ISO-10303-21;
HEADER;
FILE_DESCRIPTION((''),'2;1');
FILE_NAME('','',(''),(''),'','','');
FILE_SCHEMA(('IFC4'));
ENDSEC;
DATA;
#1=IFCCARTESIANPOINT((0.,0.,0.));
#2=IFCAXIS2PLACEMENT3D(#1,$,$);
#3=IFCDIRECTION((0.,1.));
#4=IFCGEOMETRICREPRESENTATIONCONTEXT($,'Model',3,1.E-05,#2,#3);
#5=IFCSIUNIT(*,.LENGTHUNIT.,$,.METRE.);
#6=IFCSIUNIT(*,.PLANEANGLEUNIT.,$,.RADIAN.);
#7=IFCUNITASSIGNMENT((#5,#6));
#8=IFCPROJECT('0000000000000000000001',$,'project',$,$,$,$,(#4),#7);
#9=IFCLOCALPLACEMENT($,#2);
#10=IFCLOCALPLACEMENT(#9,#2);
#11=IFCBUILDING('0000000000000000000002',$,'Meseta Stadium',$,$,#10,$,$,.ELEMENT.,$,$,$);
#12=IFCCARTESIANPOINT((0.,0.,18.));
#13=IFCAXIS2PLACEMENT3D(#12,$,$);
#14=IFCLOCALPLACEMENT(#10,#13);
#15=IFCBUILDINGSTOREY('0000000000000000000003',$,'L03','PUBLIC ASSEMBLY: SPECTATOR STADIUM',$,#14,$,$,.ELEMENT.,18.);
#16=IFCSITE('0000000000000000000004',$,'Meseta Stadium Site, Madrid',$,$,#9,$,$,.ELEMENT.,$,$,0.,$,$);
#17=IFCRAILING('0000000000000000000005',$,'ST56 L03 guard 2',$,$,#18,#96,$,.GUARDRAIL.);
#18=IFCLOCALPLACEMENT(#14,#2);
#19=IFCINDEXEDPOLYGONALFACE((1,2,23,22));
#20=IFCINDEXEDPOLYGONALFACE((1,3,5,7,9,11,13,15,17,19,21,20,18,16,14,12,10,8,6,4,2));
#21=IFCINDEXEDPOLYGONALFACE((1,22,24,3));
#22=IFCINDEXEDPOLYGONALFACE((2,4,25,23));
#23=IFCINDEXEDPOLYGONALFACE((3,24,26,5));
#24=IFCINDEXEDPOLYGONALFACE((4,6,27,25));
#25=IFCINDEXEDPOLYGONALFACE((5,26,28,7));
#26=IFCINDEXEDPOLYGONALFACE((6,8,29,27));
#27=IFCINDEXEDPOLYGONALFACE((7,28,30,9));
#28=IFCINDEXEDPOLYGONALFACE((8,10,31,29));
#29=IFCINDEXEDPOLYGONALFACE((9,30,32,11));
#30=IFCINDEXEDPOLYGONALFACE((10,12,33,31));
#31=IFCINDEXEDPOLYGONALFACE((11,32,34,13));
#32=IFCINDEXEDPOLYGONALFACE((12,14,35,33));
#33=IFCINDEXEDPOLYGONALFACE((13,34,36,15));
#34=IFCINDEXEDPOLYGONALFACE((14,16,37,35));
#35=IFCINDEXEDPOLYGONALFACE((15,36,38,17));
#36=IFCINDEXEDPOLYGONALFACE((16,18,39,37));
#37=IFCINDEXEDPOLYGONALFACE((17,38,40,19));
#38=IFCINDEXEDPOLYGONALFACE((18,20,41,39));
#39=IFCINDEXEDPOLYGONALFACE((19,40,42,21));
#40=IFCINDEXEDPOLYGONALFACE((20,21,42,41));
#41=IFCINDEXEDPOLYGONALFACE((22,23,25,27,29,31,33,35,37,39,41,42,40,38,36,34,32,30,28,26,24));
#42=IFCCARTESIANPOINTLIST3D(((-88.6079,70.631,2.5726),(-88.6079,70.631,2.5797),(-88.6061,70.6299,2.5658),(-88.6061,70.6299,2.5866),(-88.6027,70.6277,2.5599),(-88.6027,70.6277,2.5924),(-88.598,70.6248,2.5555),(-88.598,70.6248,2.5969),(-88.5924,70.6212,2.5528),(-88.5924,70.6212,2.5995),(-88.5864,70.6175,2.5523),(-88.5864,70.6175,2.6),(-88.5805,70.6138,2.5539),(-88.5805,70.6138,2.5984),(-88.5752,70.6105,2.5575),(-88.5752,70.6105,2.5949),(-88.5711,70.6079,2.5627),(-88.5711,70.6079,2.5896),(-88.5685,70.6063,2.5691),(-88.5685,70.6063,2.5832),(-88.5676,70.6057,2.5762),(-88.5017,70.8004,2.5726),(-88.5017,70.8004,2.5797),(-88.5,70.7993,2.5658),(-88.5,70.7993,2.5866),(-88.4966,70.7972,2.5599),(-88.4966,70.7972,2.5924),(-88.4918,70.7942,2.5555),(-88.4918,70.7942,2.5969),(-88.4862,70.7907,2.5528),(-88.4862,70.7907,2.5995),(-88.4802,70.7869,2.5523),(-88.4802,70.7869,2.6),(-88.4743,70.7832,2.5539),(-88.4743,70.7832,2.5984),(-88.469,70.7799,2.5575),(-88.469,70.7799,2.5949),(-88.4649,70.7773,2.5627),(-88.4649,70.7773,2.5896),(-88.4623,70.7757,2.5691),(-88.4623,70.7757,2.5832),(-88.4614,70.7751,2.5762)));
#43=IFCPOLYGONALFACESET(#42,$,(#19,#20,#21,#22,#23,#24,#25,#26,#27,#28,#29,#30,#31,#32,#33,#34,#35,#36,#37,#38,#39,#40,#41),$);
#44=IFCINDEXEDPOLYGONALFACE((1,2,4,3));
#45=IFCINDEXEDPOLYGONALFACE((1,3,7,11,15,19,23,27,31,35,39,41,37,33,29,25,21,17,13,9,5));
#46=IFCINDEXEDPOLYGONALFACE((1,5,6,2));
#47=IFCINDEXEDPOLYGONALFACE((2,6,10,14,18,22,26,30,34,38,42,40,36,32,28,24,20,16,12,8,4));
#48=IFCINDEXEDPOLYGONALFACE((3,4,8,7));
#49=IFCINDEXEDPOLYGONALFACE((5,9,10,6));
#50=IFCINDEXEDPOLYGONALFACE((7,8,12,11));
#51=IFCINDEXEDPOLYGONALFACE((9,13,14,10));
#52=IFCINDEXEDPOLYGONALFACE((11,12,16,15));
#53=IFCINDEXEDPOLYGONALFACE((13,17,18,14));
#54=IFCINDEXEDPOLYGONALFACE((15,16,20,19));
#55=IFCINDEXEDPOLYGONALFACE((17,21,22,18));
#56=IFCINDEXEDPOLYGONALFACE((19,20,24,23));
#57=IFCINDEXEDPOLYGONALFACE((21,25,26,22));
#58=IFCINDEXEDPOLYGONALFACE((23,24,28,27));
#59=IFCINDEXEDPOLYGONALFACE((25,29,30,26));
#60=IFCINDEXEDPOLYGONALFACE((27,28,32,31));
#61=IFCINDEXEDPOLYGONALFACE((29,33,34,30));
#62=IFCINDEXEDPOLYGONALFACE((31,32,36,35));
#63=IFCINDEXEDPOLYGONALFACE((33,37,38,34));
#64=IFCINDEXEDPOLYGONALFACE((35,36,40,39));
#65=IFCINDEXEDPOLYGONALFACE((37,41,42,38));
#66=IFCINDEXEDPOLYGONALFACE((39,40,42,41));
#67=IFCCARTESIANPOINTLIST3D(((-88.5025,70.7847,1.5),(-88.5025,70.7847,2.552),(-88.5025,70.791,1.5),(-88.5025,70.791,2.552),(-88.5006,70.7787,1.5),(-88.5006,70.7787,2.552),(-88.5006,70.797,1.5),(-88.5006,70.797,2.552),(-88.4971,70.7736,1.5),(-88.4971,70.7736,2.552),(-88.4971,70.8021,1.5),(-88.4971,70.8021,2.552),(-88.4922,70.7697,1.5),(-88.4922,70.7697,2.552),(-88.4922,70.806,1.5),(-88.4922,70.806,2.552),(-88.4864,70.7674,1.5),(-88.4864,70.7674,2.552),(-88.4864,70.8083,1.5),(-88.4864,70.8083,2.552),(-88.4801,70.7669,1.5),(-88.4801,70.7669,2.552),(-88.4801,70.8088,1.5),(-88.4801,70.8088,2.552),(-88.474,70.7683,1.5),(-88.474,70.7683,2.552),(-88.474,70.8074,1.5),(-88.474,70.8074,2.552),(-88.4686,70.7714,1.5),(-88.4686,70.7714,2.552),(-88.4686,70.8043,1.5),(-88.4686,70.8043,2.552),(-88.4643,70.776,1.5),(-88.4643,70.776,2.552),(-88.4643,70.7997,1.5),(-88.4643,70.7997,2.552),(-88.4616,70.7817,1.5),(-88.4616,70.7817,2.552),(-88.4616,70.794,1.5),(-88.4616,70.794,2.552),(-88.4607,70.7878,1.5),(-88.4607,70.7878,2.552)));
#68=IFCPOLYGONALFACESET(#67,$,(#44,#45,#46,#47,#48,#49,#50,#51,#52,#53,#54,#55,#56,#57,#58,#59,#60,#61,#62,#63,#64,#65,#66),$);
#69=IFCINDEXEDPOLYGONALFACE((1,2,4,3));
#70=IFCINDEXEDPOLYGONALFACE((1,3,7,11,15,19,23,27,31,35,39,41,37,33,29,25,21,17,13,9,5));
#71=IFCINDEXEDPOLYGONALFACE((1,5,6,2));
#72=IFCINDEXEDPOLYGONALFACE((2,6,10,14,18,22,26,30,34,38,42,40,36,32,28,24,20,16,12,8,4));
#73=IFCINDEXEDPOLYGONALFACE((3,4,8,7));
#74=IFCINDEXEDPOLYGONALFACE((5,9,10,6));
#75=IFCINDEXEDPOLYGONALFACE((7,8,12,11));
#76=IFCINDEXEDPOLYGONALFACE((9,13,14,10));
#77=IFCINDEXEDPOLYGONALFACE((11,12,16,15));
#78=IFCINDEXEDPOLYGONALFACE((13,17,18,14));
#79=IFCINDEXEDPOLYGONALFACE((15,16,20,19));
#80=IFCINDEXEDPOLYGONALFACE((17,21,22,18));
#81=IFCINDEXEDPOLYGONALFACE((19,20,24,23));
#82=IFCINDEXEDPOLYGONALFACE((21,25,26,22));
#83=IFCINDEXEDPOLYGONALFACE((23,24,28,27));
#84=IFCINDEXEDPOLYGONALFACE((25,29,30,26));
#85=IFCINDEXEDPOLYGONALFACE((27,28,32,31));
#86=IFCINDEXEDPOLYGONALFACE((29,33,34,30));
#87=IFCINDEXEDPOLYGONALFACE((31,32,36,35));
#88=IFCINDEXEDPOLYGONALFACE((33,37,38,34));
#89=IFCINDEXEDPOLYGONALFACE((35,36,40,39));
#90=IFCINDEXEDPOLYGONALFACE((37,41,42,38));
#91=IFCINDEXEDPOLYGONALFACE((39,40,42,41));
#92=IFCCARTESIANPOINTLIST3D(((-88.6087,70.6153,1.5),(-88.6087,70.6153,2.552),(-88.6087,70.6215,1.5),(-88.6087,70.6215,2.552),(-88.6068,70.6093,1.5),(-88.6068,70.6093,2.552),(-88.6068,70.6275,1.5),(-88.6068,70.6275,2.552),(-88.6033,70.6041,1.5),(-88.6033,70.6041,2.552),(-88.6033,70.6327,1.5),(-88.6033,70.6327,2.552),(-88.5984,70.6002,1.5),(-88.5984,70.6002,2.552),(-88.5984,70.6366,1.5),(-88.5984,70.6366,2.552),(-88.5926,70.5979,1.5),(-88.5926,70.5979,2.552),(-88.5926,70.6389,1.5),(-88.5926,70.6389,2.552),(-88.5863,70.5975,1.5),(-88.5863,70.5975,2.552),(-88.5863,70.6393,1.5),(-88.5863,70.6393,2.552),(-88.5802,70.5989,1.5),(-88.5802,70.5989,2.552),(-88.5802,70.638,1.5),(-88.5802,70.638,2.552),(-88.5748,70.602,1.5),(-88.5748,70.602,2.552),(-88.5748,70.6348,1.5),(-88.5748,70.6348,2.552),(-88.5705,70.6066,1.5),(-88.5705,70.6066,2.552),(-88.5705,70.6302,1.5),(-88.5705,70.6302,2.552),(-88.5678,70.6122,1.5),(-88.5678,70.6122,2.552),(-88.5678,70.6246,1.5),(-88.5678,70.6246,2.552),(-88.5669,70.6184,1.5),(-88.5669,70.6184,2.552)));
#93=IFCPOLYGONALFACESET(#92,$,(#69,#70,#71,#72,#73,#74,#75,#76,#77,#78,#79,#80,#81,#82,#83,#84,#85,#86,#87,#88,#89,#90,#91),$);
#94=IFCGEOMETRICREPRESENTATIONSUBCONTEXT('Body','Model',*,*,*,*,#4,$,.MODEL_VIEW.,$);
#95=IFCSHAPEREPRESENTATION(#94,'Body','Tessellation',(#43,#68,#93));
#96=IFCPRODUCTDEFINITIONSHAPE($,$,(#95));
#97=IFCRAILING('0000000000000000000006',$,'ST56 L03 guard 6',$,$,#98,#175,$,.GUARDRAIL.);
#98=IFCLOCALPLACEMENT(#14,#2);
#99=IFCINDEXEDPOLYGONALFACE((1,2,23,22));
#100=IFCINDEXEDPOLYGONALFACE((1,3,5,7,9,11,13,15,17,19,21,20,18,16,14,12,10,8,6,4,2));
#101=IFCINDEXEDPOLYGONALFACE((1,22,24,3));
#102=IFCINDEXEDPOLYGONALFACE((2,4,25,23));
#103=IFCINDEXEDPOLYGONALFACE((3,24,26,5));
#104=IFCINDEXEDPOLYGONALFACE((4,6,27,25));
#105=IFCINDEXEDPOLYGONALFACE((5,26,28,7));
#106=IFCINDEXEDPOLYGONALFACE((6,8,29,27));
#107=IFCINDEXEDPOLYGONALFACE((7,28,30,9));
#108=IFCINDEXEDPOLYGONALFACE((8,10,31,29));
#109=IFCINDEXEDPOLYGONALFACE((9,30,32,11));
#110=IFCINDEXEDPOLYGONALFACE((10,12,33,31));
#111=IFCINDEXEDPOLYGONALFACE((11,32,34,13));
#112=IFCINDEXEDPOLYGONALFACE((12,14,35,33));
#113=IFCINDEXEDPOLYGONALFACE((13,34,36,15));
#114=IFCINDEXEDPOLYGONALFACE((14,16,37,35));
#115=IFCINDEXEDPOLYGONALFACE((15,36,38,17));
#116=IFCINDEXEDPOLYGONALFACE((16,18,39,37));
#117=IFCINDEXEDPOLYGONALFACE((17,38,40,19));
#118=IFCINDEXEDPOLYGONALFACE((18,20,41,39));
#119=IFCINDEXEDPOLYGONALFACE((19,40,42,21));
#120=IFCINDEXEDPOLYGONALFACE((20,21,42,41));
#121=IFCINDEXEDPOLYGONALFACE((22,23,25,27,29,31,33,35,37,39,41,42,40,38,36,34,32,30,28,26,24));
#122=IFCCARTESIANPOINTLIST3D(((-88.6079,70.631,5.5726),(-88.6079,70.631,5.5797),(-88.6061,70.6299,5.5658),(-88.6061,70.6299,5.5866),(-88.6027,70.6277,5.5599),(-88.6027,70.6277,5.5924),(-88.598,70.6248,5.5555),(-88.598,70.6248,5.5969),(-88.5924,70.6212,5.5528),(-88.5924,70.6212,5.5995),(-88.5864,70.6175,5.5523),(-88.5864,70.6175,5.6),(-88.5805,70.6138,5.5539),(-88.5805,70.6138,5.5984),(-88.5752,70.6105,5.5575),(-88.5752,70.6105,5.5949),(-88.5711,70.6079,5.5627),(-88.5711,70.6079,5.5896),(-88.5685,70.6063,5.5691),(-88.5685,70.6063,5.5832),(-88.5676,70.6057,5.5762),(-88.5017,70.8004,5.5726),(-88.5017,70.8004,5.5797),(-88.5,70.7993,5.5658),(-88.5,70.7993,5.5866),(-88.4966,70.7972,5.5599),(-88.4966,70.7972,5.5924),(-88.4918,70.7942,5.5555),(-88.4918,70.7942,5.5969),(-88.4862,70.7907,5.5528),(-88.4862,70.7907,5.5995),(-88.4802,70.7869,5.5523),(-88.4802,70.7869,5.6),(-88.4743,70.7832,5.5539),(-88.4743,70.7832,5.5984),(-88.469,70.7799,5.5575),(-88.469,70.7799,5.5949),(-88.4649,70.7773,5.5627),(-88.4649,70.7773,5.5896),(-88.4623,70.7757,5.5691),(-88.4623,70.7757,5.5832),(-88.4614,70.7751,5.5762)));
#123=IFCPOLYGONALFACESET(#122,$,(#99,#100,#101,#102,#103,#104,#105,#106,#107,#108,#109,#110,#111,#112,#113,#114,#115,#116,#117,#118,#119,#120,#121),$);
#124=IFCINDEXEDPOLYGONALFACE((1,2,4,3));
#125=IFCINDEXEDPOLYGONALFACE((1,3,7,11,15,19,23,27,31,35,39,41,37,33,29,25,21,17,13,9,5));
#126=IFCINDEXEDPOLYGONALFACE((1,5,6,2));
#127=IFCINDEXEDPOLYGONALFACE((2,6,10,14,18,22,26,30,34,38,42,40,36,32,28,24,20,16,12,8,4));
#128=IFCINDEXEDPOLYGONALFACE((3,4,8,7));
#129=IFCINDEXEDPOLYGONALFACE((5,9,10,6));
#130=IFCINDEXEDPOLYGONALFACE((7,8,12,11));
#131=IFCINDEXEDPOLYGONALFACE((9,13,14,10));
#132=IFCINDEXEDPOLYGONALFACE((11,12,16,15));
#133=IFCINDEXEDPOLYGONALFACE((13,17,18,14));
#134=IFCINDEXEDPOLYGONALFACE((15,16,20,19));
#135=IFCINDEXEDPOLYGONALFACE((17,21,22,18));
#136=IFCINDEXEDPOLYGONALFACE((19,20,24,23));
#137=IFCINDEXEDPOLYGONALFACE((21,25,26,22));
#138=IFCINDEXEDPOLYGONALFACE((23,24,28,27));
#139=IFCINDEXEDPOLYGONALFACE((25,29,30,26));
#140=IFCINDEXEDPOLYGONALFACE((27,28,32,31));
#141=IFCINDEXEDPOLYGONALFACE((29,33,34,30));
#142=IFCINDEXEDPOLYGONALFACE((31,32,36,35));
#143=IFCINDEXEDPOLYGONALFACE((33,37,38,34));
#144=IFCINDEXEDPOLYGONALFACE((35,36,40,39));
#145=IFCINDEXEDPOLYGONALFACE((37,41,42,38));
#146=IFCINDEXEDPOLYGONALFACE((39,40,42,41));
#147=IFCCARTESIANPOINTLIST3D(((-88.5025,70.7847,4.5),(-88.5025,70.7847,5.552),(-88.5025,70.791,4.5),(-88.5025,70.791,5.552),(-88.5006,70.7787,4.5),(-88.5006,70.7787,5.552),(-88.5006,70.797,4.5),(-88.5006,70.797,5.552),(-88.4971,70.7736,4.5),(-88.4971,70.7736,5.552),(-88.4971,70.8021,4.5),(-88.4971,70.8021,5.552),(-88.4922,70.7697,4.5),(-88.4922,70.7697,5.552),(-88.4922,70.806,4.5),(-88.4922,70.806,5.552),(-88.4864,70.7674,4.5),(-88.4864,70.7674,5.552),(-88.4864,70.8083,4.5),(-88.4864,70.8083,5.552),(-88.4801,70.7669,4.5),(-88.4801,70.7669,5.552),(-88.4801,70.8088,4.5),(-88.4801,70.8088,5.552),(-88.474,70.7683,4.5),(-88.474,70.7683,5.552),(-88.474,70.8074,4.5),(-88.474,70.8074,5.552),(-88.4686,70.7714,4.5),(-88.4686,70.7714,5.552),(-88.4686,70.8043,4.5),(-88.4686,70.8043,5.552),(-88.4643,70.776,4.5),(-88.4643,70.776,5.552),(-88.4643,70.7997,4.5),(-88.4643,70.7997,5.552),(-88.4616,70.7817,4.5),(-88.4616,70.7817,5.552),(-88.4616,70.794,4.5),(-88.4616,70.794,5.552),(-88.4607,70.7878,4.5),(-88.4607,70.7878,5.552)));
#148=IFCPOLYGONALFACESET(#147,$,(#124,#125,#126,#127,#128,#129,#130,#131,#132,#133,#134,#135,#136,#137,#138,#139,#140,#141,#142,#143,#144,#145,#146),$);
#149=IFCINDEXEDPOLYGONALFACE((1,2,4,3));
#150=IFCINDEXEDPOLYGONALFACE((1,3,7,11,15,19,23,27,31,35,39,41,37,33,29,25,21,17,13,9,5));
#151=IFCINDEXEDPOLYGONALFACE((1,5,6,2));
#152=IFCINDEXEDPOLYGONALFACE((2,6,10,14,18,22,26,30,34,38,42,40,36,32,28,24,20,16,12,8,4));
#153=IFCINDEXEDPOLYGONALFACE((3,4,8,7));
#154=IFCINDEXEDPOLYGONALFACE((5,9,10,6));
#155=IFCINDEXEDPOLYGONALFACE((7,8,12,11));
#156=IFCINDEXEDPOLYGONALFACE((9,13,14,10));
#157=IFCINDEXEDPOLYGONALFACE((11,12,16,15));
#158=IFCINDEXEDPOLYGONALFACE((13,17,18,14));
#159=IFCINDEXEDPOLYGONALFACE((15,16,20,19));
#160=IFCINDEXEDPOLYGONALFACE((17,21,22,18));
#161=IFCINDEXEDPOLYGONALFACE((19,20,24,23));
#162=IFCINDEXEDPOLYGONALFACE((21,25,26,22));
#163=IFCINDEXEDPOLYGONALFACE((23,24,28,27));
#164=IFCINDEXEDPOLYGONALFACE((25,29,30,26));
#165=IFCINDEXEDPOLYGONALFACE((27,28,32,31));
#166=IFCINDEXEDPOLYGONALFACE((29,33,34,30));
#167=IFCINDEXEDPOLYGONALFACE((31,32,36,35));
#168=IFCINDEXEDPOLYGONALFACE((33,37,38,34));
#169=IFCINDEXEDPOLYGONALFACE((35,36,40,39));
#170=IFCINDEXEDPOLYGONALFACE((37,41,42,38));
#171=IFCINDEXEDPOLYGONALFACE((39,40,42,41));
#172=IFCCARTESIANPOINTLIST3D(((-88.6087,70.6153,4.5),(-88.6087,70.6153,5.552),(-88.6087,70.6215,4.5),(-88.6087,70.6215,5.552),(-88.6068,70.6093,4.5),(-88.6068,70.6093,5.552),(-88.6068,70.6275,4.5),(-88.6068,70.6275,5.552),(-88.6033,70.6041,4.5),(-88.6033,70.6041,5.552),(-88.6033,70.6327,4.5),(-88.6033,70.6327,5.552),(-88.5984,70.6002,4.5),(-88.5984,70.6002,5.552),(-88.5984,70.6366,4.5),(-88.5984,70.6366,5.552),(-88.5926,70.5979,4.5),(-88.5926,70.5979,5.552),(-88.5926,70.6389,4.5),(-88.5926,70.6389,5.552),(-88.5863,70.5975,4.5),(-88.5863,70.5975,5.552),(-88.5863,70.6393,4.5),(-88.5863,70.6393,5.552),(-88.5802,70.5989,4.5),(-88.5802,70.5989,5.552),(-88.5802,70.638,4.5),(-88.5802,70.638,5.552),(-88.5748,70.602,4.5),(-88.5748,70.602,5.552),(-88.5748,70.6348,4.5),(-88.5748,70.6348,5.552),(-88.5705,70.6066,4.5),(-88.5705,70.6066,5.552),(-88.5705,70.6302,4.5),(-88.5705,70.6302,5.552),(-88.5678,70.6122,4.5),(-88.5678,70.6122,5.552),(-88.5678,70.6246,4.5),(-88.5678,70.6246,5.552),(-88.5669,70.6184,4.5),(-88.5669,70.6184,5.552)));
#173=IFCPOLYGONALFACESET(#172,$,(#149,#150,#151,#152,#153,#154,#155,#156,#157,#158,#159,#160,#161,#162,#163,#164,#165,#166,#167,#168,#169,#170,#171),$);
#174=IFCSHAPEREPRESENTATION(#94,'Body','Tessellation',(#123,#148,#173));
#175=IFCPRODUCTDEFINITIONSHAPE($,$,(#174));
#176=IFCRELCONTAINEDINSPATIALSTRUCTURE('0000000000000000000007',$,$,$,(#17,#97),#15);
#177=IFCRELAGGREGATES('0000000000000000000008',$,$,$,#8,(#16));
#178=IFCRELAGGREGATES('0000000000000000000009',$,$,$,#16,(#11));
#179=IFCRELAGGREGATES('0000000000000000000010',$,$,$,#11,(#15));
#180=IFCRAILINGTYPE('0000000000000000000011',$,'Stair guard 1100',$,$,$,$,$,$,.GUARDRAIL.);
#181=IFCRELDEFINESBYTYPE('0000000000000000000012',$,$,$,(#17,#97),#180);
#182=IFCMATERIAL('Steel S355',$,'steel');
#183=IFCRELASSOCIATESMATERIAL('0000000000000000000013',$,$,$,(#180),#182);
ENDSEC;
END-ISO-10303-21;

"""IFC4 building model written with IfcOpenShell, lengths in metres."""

from ifc_helpers import new_model, si_unit, direction, frame, origin, origin_2d, place, context, subcontext, project, spatial, circle, extrude, material, type_object, element, save


model = new_model("IFC4")

# Units and contexts
model_context = context("Model", 3, precision=1e-05, world=origin(), true_north=direction((0.0, 1.0)))
body_context = subcontext(model_context, "Body", "Model", "MODEL_VIEW")
ifc_project = project(units=[si_unit("LENGTHUNIT", "METRE"), si_unit("PLANEANGLEUNIT", "RADIAN")], contexts=[model_context])

# Site, building, storey
site_placement = place(None, origin())
site = spatial("IfcSite", under=ifc_project, at=site_placement, Name="Meseta Stadium Site, Madrid", CompositionType="ELEMENT", RefElevation=0.0)
building_placement = place(site_placement, origin())
building = spatial("IfcBuilding", under=site, at=building_placement, Name="Meseta Stadium", CompositionType="ELEMENT")
storey_placement = place(building_placement, frame((0.0, 0.0, 18.0)))
storey = spatial("IfcBuildingStorey", under=building, at=storey_placement, Name="L03", Description="PUBLIC ASSEMBLY: SPECTATOR STADIUM", CompositionType="ELEMENT", Elevation=18.0)

# Railings
ifc_material_1 = material(Name="Steel S355", Category="steel")
railing_type_1 = type_object("IfcRailingType", Name="Stair guard 1100", PredefinedType="GUARDRAIL", material=ifc_material_1)
for number, where, name in (
    (1, (-88.4817, 70.7878, 1.5), "ST56 L03 guard 2"),
    (2, (-88.4817, 70.7878, 4.5), "ST56 L03 guard 6"),
):
    element("IfcRailing", number, at=place(storey_placement, frame(where)), inside=storey, type_object=railing_type_1, Name=name, PredefinedType="GUARDRAIL", context=body_context, shape_type="SweptSolid", body=[
        extrude(circle(Radius=0.0239, at=origin_2d()), frame((0.0, 0.0, 1.0762), z_axis=(-0.531096, -0.847312, 0.0), x_axis=(0.847312, -0.531096, 0.0)), (0.0, 0.0, 1.0), 0.2),
        extrude(circle(Radius=0.021, at=origin_2d()), origin(), (0.0, 0.0, 1.0), 1.052),
        extrude(circle(Radius=0.021, at=origin_2d()), frame((-0.1062, -0.1694, 0.0)), (0.0, 0.0, 1.0), 1.052),
    ])

save(model, "model.ifc")
